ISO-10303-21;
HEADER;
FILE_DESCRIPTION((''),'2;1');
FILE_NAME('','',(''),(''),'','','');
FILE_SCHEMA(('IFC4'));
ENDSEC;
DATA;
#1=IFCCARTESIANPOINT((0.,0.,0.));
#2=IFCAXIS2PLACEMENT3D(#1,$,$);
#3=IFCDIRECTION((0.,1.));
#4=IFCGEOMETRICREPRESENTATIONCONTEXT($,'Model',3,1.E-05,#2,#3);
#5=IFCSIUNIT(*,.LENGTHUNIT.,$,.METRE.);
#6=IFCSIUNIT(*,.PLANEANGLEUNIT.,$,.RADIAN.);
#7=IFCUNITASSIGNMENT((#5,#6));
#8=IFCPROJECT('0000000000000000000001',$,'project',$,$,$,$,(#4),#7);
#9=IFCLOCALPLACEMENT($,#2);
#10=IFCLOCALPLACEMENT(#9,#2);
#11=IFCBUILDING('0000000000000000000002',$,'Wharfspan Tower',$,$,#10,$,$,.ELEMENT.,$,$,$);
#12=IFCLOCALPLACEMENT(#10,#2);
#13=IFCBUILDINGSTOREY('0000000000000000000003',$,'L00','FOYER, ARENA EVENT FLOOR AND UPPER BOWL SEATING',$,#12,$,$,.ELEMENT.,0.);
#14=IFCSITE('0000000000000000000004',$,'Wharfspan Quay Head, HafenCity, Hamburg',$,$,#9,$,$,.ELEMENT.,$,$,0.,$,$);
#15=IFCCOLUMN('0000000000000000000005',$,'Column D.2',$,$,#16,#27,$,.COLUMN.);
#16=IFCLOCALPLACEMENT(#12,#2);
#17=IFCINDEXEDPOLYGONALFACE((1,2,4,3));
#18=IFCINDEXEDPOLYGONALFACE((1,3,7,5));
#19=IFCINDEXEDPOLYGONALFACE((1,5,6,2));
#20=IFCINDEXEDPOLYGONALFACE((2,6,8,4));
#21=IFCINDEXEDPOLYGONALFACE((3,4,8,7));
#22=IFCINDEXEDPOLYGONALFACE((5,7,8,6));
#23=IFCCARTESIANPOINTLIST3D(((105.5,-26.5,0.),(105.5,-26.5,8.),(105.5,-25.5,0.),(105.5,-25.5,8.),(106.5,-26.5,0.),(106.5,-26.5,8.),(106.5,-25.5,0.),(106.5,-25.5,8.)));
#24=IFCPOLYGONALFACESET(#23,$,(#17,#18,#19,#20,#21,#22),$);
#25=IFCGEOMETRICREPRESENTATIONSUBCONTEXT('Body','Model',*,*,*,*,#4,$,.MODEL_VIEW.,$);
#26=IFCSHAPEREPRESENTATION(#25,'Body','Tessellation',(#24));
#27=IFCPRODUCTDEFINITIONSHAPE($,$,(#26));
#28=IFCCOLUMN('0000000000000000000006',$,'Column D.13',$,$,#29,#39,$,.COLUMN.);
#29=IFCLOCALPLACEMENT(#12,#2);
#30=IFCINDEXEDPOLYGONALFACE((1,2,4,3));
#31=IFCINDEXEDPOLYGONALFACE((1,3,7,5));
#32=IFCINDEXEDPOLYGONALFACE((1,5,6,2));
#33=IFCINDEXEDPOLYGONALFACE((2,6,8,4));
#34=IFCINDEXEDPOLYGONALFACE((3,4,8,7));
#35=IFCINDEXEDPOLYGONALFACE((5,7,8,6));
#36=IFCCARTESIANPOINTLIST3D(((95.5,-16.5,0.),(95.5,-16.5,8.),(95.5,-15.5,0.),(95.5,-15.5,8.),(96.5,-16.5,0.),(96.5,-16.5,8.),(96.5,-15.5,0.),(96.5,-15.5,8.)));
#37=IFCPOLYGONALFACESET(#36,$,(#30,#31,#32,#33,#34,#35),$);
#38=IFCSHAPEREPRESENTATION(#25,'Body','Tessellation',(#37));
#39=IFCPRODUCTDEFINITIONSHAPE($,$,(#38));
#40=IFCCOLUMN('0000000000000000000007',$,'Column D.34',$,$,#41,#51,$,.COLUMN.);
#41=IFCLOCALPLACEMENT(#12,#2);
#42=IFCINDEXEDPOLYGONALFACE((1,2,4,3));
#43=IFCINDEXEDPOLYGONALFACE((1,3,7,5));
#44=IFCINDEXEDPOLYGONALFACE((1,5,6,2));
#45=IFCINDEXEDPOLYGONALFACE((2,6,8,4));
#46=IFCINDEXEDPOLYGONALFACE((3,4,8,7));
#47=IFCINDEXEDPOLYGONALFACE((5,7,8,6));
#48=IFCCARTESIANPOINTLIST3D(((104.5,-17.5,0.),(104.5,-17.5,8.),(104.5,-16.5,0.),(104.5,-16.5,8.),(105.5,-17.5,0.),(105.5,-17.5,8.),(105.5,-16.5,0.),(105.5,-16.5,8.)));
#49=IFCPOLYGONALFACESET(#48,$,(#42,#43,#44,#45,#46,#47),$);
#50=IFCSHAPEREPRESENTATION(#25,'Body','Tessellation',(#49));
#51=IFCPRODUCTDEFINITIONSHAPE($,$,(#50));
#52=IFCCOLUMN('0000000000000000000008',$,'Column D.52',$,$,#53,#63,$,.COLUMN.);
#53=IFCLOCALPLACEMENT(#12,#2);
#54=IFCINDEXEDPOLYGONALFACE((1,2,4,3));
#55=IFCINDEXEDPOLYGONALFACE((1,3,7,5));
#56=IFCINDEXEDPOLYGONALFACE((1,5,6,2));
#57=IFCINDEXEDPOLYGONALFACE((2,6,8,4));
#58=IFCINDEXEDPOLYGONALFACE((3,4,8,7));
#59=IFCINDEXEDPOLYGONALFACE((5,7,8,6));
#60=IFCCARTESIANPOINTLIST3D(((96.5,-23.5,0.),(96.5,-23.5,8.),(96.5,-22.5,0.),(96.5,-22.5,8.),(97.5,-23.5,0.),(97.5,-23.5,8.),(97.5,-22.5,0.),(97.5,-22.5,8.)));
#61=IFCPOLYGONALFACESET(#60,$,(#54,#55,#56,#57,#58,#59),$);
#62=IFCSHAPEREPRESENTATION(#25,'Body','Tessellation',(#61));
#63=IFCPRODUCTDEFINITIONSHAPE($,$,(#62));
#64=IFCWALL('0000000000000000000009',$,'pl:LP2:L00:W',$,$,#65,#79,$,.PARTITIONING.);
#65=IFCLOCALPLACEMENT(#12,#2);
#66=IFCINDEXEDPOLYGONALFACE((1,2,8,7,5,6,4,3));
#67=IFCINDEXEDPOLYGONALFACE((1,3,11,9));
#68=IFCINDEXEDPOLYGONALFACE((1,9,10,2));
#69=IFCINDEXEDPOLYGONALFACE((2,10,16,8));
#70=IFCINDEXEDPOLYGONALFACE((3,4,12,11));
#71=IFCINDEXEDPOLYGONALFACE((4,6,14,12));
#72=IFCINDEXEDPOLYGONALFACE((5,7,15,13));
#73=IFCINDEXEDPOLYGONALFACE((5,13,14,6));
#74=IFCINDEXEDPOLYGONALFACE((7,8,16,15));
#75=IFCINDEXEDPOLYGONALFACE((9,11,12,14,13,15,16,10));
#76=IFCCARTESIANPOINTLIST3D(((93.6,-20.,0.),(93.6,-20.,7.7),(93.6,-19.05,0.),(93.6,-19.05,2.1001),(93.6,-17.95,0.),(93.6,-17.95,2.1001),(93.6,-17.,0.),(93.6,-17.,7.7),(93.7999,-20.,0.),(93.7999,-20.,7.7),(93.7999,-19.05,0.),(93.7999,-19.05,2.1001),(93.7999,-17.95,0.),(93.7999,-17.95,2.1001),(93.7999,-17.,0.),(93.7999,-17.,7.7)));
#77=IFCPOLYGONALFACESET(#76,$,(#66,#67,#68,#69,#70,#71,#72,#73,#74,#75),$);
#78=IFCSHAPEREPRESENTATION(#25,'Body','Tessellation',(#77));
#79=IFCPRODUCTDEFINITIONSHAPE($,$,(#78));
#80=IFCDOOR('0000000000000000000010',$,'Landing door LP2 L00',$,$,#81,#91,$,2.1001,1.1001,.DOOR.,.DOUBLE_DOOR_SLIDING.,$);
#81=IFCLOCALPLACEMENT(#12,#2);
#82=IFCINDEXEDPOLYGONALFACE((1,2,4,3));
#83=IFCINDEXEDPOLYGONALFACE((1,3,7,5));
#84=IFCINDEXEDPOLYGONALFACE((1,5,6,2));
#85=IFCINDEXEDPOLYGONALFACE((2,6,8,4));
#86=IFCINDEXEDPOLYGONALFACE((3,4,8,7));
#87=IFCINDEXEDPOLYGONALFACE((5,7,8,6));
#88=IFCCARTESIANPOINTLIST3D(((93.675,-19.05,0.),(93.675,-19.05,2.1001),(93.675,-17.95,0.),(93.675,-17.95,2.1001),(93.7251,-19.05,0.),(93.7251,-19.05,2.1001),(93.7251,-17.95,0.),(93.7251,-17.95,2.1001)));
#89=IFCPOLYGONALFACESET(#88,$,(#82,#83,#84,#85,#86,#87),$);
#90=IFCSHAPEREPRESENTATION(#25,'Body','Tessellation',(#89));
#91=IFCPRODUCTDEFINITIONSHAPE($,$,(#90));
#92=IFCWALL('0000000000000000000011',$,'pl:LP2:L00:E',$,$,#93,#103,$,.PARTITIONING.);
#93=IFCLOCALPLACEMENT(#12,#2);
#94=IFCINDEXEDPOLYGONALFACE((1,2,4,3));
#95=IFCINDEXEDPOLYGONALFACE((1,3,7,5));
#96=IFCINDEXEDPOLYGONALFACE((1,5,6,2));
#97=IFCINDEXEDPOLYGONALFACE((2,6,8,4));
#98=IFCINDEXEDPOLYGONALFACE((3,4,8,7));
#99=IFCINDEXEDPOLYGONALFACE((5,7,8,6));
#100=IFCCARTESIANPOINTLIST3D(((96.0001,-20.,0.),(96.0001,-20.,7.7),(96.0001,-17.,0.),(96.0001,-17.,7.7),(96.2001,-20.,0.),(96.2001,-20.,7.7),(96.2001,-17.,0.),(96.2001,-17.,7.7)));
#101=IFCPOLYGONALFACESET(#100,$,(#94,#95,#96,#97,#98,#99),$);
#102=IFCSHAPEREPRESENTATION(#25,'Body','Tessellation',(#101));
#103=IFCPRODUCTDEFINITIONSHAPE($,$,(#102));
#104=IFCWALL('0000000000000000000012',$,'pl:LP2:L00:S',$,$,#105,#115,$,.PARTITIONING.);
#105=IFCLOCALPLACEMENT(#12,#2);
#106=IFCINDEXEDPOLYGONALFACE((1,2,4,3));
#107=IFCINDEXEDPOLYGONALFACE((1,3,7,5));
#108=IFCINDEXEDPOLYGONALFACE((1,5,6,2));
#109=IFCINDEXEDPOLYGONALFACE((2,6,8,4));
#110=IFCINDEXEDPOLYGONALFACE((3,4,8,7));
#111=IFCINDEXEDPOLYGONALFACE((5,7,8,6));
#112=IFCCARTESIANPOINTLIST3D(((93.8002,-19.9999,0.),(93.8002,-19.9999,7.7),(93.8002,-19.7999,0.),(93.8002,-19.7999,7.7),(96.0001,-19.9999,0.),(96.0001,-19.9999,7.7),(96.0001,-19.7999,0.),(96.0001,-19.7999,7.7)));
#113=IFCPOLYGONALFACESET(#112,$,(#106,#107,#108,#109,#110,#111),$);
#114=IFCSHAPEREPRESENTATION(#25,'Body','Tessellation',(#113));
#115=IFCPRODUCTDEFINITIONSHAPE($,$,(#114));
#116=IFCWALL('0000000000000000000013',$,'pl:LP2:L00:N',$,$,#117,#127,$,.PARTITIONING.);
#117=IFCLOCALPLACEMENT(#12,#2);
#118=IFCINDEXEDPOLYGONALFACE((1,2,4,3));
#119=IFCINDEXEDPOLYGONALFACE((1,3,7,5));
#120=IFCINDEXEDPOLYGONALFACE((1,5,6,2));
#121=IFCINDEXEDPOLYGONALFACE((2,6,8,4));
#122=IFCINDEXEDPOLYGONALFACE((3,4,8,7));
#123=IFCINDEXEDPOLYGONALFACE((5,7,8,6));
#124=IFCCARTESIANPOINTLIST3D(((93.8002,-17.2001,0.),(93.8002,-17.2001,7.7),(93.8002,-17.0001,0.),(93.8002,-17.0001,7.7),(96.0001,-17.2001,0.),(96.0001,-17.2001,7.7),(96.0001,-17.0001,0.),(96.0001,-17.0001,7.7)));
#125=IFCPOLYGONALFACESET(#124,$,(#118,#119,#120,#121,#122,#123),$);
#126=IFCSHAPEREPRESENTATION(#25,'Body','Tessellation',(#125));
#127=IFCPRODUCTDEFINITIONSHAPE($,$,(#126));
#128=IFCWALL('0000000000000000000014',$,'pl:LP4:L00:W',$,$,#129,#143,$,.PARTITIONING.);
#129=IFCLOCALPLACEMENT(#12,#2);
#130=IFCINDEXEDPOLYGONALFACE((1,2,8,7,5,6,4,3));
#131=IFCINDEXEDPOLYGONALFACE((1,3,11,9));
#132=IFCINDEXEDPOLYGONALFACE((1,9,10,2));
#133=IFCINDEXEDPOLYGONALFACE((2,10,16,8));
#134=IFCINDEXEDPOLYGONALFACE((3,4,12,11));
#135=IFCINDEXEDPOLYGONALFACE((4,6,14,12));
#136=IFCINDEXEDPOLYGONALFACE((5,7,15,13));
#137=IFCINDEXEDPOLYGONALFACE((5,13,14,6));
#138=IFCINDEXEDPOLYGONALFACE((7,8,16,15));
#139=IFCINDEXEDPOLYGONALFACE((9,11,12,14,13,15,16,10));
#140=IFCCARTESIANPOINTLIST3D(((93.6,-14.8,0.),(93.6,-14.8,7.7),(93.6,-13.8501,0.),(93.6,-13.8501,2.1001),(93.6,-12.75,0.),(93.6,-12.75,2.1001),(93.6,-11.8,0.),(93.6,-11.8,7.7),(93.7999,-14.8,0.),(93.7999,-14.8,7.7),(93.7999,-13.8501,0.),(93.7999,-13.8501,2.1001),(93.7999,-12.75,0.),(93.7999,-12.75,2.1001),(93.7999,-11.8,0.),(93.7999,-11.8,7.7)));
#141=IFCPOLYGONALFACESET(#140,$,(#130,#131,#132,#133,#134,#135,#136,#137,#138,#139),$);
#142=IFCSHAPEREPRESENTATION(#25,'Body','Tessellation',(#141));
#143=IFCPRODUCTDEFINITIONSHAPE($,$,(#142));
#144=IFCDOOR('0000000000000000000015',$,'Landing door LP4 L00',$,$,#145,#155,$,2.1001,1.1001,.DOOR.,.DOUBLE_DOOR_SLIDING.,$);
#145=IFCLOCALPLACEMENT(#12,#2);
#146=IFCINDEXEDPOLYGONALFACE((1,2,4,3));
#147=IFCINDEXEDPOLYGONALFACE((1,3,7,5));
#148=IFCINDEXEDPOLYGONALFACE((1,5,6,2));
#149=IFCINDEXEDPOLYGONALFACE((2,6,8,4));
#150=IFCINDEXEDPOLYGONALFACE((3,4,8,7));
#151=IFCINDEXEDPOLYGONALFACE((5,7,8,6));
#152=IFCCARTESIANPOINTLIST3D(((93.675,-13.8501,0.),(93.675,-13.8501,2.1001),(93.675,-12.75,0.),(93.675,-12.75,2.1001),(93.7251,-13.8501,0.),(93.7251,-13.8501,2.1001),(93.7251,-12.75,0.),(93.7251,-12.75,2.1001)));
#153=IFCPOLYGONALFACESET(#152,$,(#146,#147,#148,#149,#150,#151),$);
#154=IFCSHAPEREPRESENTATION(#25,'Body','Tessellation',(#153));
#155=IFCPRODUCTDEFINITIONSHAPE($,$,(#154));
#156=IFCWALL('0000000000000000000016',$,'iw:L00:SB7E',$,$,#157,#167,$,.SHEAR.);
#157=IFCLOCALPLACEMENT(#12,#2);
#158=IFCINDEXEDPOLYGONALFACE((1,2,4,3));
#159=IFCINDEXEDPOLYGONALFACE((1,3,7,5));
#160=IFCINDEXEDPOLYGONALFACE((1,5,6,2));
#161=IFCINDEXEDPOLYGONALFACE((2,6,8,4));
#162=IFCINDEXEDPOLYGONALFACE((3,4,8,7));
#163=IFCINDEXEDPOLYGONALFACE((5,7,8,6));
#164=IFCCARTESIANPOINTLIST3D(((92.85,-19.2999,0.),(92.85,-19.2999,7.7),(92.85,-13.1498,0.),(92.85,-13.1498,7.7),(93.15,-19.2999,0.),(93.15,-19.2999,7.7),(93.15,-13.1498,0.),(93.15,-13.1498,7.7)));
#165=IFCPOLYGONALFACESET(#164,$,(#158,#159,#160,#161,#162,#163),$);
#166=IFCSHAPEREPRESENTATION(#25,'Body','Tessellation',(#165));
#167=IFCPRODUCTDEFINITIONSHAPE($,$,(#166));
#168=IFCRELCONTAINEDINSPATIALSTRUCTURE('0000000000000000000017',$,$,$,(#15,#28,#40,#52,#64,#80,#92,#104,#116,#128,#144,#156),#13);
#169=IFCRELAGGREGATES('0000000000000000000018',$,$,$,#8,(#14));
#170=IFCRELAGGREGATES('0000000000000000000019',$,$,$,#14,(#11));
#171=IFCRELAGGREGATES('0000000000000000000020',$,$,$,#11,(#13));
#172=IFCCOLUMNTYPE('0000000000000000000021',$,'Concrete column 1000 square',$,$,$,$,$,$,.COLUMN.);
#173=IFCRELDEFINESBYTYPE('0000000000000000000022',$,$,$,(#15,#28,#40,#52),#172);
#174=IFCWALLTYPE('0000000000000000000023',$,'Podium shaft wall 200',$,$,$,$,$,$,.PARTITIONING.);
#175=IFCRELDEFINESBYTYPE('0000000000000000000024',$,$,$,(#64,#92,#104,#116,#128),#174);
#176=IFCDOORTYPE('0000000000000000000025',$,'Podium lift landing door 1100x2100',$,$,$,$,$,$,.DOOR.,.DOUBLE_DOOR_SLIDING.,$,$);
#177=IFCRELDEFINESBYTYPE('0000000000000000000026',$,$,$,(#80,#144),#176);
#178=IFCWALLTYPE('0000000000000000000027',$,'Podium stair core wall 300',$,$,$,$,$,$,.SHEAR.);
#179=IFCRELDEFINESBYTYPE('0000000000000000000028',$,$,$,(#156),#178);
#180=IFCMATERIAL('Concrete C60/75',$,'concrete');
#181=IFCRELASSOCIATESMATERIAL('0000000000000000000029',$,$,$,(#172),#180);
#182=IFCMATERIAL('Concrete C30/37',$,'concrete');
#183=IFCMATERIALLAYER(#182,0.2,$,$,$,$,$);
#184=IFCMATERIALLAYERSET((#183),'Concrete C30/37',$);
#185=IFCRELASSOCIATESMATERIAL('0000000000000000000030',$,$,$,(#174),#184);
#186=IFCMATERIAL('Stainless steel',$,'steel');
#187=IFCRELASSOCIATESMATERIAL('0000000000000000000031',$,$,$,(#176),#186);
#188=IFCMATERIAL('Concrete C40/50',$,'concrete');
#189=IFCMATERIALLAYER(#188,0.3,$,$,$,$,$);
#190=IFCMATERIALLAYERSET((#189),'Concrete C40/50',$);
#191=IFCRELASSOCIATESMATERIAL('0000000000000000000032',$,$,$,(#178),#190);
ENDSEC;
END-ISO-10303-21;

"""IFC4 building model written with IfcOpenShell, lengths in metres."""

from ifc_helpers import new_model, si_unit, direction, frame, frame_2d, origin, origin_2d, place, context, subcontext, project, spatial, rectangle, extrude, material, layer, layer_set, material_profile, profile_set, type_object, element, fill, save


model = new_model("IFC4")

# Units and contexts
model_context = context("Model", 3, precision=1e-05, world=origin(), true_north=direction((0.0, 1.0)))
body_context = subcontext(model_context, "Body", "Model", "MODEL_VIEW")
ifc_project = project(units=[si_unit("LENGTHUNIT", "METRE"), si_unit("PLANEANGLEUNIT", "RADIAN")], contexts=[model_context])

# Site, building, storey
site_placement = place(None, origin())
site = spatial("IfcSite", under=ifc_project, at=site_placement, Name="Wharfspan Quay Head, HafenCity, Hamburg", CompositionType="ELEMENT", RefElevation=0.0)
building_placement = place(site_placement, origin())
building = spatial("IfcBuilding", under=site, at=building_placement, Name="Wharfspan Tower", CompositionType="ELEMENT")
storey_placement = place(building_placement, origin())
storey = spatial("IfcBuildingStorey", under=building, at=storey_placement, Name="L00", Description="FOYER, ARENA EVENT FLOOR AND UPPER BOWL SEATING", CompositionType="ELEMENT", Elevation=0.0)

# Columns
ifc_material_1 = material(Name="Concrete C60/75", Category="concrete")
ifc_material_profile = material_profile(ifc_material_1, rectangle(XDim=1.0, YDim=1.0, at=origin_2d()))
ifc_profile_set = profile_set([ifc_material_profile], Name="Concrete C60/75")
column_type = type_object("IfcColumnType", Name="Concrete column 1000 square", PredefinedType="COLUMN", material=ifc_profile_set)
for number, where, z_axis, x_axis, name in (
    (1, (106.0, -26.0, 0.0), (0.0, 0.0, 1.0), (1.0, 0.0, 0.0), "Column D.2"),
    (2, (96.0, -16.0, 0.0), (0.0, 0.0, 1.0), (1.0, 0.0, 0.0), "Column D.13"),
    (3, (105.0, -17.0, 0.0), (0.0, 0.0, 1.0), (1.0, 0.0, 0.0), "Column D.34"),
    (4, (97.0, -23.0, 0.0), (0.0, 0.0, 1.0), (1.0, 0.0, 0.0), "Column D.52"),
):
    element("IfcColumn", number, at=place(storey_placement, frame(where, z_axis=z_axis, x_axis=x_axis)), inside=storey, type_object=column_type, Name=name, PredefinedType="COLUMN", context=body_context, shape_type="SweptSolid", body=[
        extrude(rectangle(XDim=1.0, YDim=1.0, at=origin_2d()), origin(), (0.0, 0.0, 1.0), 8.0),
    ])

# Wall, opening, door
ifc_material_2 = material(Name="Concrete C30/37", Category="concrete")
ifc_layer_1 = layer(ifc_material_2, 0.2)
ifc_layer_set_1 = layer_set([ifc_layer_1], Name="Concrete C30/37")
wall_type_1 = type_object("IfcWallType", Name="Podium shaft wall 200", PredefinedType="PARTITIONING", material=ifc_layer_set_1)
wall_1_placement = place(storey_placement, frame((93.7, -20.0, 0.0), z_axis=(0.0, 0.0, 1.0), x_axis=(0.0, 1.0, 0.0)))
wall_1 = element("IfcWall", 5, at=wall_1_placement, inside=storey, type_object=wall_type_1, Name="pl:LP2:L00:W", PredefinedType="PARTITIONING", context=body_context, shape_type="SweptSolid", body=[
    extrude(rectangle(XDim=3.0, YDim=0.2, at=frame_2d((1.5, 0.0))), origin(), (0.0, 0.0, 1.0), 7.7),
])
opening_1_placement = place(wall_1_placement, frame((0.95, 0.0, 0.0)))
opening_1 = element("IfcOpeningElement", 6, at=opening_1_placement, cuts=wall_1, PredefinedType="OPENING", context=body_context, shape_type="SweptSolid", body=[
    extrude(rectangle(XDim=1.1001, YDim=2.1001, at=frame_2d((0.55, 1.05))), frame((0.0, 0.1099, 0.0), z_axis=(0.0, -1.0, 0.0), x_axis=(1.0, 0.0, 0.0)), (0.0, 0.0, 1.0), 0.22),
])
ifc_material_3 = material(Name="Stainless steel", Category="steel")
door_type_1 = type_object("IfcDoorType", Name="Podium lift landing door 1100x2100", OperationType="DOUBLE_DOOR_SLIDING", PredefinedType="DOOR", material=ifc_material_3)
door_1_placement = place(opening_1_placement, origin())
door_1 = element("IfcDoor", 7, at=door_1_placement, inside=storey, type_object=door_type_1, Name="Landing door LP2 L00", OperationType="DOUBLE_DOOR_SLIDING", OverallHeight=2.1001, OverallWidth=1.1001, PredefinedType="DOOR", context=body_context, shape_type="SweptSolid", body=[
    extrude(rectangle(XDim=1.1001, YDim=2.1001, at=frame_2d((0.55, 1.05))), frame((0.0, 0.0249, 0.0), z_axis=(0.0, -1.0, 0.0), x_axis=(1.0, 0.0, 0.0)), (0.0, 0.0, 1.0), 0.05),
])
fill(opening_1, door_1)

# Walls
wall_2_placement = place(storey_placement, frame((96.1001, -20.0, 0.0), z_axis=(0.0, 0.0, 1.0), x_axis=(0.0, 1.0, 0.0)))
element("IfcWall", 8, at=wall_2_placement, inside=storey, type_object=wall_type_1, Name="pl:LP2:L00:E", PredefinedType="PARTITIONING", context=body_context, shape_type="SweptSolid", body=[
    extrude(rectangle(XDim=3.0, YDim=0.2, at=frame_2d((1.5, 0.0))), origin(), (0.0, 0.0, 1.0), 7.7),
])
for number, where, z_axis, x_axis, name in (
    (9, (93.8, -19.8999, 0.0), (0.0, 0.0, 1.0), (1.0, 0.0, 0.0), "pl:LP2:L00:S"),
    (10, (93.8, -17.1001, 0.0), (0.0, 0.0, 1.0), (1.0, 0.0, 0.0), "pl:LP2:L00:N"),
):
    element("IfcWall", number, at=place(storey_placement, frame(where, z_axis=z_axis, x_axis=x_axis)), inside=storey, type_object=wall_type_1, Name=name, PredefinedType="PARTITIONING", context=body_context, shape_type="SweptSolid", body=[
        extrude(rectangle(XDim=2.2, YDim=0.2, at=frame_2d((1.1001, 0.0))), origin(), (0.0, 0.0, 1.0), 7.7),
    ])

# Wall, opening, door
wall_3_placement = place(storey_placement, frame((93.7, -14.8, 0.0), z_axis=(0.0, 0.0, 1.0), x_axis=(0.0, 1.0, 0.0)))
wall_3 = element("IfcWall", 11, at=wall_3_placement, inside=storey, type_object=wall_type_1, Name="pl:LP4:L00:W", PredefinedType="PARTITIONING", context=body_context, shape_type="SweptSolid", body=[
    extrude(rectangle(XDim=3.0, YDim=0.2, at=frame_2d((1.5, 0.0))), origin(), (0.0, 0.0, 1.0), 7.7),
])
opening_2_placement = place(wall_3_placement, frame((0.95, 0.0, 0.0)))
opening_2 = element("IfcOpeningElement", 12, at=opening_2_placement, cuts=wall_3, PredefinedType="OPENING", context=body_context, shape_type="SweptSolid", body=[
    extrude(rectangle(XDim=1.1001, YDim=2.1001, at=frame_2d((0.55, 1.05))), frame((0.0, 0.1099, 0.0), z_axis=(0.0, -1.0, 0.0), x_axis=(1.0, 0.0, 0.0)), (0.0, 0.0, 1.0), 0.22),
])
door_2_placement = place(opening_2_placement, origin())
door_2 = element("IfcDoor", 13, at=door_2_placement, inside=storey, type_object=door_type_1, Name="Landing door LP4 L00", OperationType="DOUBLE_DOOR_SLIDING", OverallHeight=2.1001, OverallWidth=1.1001, PredefinedType="DOOR", context=body_context, shape_type="SweptSolid", body=[
    extrude(rectangle(XDim=1.1001, YDim=2.1001, at=frame_2d((0.55, 1.05))), frame((0.0, 0.0249, 0.0), z_axis=(0.0, -1.0, 0.0), x_axis=(1.0, 0.0, 0.0)), (0.0, 0.0, 1.0), 0.05),
])
fill(opening_2, door_2)

# Wall
ifc_material_4 = material(Name="Concrete C40/50", Category="concrete")
ifc_layer_2 = layer(ifc_material_4, 0.3)
ifc_layer_set_2 = layer_set([ifc_layer_2], Name="Concrete C40/50")
wall_type_2 = type_object("IfcWallType", Name="Podium stair core wall 300", PredefinedType="SHEAR", material=ifc_layer_set_2)
wall_4_placement = place(storey_placement, frame((93.0, -19.3, 0.0), z_axis=(0.0, 0.0, 1.0), x_axis=(0.0, 1.0, 0.0)))
element("IfcWall", 14, at=wall_4_placement, inside=storey, type_object=wall_type_2, Name="iw:L00:SB7E", PredefinedType="SHEAR", context=body_context, shape_type="SweptSolid", body=[
    extrude(rectangle(XDim=6.1501, YDim=0.3, at=frame_2d((3.0752, 0.0))), origin(), (0.0, 0.0, 1.0), 7.7),
])

save(model, "model.ifc")
